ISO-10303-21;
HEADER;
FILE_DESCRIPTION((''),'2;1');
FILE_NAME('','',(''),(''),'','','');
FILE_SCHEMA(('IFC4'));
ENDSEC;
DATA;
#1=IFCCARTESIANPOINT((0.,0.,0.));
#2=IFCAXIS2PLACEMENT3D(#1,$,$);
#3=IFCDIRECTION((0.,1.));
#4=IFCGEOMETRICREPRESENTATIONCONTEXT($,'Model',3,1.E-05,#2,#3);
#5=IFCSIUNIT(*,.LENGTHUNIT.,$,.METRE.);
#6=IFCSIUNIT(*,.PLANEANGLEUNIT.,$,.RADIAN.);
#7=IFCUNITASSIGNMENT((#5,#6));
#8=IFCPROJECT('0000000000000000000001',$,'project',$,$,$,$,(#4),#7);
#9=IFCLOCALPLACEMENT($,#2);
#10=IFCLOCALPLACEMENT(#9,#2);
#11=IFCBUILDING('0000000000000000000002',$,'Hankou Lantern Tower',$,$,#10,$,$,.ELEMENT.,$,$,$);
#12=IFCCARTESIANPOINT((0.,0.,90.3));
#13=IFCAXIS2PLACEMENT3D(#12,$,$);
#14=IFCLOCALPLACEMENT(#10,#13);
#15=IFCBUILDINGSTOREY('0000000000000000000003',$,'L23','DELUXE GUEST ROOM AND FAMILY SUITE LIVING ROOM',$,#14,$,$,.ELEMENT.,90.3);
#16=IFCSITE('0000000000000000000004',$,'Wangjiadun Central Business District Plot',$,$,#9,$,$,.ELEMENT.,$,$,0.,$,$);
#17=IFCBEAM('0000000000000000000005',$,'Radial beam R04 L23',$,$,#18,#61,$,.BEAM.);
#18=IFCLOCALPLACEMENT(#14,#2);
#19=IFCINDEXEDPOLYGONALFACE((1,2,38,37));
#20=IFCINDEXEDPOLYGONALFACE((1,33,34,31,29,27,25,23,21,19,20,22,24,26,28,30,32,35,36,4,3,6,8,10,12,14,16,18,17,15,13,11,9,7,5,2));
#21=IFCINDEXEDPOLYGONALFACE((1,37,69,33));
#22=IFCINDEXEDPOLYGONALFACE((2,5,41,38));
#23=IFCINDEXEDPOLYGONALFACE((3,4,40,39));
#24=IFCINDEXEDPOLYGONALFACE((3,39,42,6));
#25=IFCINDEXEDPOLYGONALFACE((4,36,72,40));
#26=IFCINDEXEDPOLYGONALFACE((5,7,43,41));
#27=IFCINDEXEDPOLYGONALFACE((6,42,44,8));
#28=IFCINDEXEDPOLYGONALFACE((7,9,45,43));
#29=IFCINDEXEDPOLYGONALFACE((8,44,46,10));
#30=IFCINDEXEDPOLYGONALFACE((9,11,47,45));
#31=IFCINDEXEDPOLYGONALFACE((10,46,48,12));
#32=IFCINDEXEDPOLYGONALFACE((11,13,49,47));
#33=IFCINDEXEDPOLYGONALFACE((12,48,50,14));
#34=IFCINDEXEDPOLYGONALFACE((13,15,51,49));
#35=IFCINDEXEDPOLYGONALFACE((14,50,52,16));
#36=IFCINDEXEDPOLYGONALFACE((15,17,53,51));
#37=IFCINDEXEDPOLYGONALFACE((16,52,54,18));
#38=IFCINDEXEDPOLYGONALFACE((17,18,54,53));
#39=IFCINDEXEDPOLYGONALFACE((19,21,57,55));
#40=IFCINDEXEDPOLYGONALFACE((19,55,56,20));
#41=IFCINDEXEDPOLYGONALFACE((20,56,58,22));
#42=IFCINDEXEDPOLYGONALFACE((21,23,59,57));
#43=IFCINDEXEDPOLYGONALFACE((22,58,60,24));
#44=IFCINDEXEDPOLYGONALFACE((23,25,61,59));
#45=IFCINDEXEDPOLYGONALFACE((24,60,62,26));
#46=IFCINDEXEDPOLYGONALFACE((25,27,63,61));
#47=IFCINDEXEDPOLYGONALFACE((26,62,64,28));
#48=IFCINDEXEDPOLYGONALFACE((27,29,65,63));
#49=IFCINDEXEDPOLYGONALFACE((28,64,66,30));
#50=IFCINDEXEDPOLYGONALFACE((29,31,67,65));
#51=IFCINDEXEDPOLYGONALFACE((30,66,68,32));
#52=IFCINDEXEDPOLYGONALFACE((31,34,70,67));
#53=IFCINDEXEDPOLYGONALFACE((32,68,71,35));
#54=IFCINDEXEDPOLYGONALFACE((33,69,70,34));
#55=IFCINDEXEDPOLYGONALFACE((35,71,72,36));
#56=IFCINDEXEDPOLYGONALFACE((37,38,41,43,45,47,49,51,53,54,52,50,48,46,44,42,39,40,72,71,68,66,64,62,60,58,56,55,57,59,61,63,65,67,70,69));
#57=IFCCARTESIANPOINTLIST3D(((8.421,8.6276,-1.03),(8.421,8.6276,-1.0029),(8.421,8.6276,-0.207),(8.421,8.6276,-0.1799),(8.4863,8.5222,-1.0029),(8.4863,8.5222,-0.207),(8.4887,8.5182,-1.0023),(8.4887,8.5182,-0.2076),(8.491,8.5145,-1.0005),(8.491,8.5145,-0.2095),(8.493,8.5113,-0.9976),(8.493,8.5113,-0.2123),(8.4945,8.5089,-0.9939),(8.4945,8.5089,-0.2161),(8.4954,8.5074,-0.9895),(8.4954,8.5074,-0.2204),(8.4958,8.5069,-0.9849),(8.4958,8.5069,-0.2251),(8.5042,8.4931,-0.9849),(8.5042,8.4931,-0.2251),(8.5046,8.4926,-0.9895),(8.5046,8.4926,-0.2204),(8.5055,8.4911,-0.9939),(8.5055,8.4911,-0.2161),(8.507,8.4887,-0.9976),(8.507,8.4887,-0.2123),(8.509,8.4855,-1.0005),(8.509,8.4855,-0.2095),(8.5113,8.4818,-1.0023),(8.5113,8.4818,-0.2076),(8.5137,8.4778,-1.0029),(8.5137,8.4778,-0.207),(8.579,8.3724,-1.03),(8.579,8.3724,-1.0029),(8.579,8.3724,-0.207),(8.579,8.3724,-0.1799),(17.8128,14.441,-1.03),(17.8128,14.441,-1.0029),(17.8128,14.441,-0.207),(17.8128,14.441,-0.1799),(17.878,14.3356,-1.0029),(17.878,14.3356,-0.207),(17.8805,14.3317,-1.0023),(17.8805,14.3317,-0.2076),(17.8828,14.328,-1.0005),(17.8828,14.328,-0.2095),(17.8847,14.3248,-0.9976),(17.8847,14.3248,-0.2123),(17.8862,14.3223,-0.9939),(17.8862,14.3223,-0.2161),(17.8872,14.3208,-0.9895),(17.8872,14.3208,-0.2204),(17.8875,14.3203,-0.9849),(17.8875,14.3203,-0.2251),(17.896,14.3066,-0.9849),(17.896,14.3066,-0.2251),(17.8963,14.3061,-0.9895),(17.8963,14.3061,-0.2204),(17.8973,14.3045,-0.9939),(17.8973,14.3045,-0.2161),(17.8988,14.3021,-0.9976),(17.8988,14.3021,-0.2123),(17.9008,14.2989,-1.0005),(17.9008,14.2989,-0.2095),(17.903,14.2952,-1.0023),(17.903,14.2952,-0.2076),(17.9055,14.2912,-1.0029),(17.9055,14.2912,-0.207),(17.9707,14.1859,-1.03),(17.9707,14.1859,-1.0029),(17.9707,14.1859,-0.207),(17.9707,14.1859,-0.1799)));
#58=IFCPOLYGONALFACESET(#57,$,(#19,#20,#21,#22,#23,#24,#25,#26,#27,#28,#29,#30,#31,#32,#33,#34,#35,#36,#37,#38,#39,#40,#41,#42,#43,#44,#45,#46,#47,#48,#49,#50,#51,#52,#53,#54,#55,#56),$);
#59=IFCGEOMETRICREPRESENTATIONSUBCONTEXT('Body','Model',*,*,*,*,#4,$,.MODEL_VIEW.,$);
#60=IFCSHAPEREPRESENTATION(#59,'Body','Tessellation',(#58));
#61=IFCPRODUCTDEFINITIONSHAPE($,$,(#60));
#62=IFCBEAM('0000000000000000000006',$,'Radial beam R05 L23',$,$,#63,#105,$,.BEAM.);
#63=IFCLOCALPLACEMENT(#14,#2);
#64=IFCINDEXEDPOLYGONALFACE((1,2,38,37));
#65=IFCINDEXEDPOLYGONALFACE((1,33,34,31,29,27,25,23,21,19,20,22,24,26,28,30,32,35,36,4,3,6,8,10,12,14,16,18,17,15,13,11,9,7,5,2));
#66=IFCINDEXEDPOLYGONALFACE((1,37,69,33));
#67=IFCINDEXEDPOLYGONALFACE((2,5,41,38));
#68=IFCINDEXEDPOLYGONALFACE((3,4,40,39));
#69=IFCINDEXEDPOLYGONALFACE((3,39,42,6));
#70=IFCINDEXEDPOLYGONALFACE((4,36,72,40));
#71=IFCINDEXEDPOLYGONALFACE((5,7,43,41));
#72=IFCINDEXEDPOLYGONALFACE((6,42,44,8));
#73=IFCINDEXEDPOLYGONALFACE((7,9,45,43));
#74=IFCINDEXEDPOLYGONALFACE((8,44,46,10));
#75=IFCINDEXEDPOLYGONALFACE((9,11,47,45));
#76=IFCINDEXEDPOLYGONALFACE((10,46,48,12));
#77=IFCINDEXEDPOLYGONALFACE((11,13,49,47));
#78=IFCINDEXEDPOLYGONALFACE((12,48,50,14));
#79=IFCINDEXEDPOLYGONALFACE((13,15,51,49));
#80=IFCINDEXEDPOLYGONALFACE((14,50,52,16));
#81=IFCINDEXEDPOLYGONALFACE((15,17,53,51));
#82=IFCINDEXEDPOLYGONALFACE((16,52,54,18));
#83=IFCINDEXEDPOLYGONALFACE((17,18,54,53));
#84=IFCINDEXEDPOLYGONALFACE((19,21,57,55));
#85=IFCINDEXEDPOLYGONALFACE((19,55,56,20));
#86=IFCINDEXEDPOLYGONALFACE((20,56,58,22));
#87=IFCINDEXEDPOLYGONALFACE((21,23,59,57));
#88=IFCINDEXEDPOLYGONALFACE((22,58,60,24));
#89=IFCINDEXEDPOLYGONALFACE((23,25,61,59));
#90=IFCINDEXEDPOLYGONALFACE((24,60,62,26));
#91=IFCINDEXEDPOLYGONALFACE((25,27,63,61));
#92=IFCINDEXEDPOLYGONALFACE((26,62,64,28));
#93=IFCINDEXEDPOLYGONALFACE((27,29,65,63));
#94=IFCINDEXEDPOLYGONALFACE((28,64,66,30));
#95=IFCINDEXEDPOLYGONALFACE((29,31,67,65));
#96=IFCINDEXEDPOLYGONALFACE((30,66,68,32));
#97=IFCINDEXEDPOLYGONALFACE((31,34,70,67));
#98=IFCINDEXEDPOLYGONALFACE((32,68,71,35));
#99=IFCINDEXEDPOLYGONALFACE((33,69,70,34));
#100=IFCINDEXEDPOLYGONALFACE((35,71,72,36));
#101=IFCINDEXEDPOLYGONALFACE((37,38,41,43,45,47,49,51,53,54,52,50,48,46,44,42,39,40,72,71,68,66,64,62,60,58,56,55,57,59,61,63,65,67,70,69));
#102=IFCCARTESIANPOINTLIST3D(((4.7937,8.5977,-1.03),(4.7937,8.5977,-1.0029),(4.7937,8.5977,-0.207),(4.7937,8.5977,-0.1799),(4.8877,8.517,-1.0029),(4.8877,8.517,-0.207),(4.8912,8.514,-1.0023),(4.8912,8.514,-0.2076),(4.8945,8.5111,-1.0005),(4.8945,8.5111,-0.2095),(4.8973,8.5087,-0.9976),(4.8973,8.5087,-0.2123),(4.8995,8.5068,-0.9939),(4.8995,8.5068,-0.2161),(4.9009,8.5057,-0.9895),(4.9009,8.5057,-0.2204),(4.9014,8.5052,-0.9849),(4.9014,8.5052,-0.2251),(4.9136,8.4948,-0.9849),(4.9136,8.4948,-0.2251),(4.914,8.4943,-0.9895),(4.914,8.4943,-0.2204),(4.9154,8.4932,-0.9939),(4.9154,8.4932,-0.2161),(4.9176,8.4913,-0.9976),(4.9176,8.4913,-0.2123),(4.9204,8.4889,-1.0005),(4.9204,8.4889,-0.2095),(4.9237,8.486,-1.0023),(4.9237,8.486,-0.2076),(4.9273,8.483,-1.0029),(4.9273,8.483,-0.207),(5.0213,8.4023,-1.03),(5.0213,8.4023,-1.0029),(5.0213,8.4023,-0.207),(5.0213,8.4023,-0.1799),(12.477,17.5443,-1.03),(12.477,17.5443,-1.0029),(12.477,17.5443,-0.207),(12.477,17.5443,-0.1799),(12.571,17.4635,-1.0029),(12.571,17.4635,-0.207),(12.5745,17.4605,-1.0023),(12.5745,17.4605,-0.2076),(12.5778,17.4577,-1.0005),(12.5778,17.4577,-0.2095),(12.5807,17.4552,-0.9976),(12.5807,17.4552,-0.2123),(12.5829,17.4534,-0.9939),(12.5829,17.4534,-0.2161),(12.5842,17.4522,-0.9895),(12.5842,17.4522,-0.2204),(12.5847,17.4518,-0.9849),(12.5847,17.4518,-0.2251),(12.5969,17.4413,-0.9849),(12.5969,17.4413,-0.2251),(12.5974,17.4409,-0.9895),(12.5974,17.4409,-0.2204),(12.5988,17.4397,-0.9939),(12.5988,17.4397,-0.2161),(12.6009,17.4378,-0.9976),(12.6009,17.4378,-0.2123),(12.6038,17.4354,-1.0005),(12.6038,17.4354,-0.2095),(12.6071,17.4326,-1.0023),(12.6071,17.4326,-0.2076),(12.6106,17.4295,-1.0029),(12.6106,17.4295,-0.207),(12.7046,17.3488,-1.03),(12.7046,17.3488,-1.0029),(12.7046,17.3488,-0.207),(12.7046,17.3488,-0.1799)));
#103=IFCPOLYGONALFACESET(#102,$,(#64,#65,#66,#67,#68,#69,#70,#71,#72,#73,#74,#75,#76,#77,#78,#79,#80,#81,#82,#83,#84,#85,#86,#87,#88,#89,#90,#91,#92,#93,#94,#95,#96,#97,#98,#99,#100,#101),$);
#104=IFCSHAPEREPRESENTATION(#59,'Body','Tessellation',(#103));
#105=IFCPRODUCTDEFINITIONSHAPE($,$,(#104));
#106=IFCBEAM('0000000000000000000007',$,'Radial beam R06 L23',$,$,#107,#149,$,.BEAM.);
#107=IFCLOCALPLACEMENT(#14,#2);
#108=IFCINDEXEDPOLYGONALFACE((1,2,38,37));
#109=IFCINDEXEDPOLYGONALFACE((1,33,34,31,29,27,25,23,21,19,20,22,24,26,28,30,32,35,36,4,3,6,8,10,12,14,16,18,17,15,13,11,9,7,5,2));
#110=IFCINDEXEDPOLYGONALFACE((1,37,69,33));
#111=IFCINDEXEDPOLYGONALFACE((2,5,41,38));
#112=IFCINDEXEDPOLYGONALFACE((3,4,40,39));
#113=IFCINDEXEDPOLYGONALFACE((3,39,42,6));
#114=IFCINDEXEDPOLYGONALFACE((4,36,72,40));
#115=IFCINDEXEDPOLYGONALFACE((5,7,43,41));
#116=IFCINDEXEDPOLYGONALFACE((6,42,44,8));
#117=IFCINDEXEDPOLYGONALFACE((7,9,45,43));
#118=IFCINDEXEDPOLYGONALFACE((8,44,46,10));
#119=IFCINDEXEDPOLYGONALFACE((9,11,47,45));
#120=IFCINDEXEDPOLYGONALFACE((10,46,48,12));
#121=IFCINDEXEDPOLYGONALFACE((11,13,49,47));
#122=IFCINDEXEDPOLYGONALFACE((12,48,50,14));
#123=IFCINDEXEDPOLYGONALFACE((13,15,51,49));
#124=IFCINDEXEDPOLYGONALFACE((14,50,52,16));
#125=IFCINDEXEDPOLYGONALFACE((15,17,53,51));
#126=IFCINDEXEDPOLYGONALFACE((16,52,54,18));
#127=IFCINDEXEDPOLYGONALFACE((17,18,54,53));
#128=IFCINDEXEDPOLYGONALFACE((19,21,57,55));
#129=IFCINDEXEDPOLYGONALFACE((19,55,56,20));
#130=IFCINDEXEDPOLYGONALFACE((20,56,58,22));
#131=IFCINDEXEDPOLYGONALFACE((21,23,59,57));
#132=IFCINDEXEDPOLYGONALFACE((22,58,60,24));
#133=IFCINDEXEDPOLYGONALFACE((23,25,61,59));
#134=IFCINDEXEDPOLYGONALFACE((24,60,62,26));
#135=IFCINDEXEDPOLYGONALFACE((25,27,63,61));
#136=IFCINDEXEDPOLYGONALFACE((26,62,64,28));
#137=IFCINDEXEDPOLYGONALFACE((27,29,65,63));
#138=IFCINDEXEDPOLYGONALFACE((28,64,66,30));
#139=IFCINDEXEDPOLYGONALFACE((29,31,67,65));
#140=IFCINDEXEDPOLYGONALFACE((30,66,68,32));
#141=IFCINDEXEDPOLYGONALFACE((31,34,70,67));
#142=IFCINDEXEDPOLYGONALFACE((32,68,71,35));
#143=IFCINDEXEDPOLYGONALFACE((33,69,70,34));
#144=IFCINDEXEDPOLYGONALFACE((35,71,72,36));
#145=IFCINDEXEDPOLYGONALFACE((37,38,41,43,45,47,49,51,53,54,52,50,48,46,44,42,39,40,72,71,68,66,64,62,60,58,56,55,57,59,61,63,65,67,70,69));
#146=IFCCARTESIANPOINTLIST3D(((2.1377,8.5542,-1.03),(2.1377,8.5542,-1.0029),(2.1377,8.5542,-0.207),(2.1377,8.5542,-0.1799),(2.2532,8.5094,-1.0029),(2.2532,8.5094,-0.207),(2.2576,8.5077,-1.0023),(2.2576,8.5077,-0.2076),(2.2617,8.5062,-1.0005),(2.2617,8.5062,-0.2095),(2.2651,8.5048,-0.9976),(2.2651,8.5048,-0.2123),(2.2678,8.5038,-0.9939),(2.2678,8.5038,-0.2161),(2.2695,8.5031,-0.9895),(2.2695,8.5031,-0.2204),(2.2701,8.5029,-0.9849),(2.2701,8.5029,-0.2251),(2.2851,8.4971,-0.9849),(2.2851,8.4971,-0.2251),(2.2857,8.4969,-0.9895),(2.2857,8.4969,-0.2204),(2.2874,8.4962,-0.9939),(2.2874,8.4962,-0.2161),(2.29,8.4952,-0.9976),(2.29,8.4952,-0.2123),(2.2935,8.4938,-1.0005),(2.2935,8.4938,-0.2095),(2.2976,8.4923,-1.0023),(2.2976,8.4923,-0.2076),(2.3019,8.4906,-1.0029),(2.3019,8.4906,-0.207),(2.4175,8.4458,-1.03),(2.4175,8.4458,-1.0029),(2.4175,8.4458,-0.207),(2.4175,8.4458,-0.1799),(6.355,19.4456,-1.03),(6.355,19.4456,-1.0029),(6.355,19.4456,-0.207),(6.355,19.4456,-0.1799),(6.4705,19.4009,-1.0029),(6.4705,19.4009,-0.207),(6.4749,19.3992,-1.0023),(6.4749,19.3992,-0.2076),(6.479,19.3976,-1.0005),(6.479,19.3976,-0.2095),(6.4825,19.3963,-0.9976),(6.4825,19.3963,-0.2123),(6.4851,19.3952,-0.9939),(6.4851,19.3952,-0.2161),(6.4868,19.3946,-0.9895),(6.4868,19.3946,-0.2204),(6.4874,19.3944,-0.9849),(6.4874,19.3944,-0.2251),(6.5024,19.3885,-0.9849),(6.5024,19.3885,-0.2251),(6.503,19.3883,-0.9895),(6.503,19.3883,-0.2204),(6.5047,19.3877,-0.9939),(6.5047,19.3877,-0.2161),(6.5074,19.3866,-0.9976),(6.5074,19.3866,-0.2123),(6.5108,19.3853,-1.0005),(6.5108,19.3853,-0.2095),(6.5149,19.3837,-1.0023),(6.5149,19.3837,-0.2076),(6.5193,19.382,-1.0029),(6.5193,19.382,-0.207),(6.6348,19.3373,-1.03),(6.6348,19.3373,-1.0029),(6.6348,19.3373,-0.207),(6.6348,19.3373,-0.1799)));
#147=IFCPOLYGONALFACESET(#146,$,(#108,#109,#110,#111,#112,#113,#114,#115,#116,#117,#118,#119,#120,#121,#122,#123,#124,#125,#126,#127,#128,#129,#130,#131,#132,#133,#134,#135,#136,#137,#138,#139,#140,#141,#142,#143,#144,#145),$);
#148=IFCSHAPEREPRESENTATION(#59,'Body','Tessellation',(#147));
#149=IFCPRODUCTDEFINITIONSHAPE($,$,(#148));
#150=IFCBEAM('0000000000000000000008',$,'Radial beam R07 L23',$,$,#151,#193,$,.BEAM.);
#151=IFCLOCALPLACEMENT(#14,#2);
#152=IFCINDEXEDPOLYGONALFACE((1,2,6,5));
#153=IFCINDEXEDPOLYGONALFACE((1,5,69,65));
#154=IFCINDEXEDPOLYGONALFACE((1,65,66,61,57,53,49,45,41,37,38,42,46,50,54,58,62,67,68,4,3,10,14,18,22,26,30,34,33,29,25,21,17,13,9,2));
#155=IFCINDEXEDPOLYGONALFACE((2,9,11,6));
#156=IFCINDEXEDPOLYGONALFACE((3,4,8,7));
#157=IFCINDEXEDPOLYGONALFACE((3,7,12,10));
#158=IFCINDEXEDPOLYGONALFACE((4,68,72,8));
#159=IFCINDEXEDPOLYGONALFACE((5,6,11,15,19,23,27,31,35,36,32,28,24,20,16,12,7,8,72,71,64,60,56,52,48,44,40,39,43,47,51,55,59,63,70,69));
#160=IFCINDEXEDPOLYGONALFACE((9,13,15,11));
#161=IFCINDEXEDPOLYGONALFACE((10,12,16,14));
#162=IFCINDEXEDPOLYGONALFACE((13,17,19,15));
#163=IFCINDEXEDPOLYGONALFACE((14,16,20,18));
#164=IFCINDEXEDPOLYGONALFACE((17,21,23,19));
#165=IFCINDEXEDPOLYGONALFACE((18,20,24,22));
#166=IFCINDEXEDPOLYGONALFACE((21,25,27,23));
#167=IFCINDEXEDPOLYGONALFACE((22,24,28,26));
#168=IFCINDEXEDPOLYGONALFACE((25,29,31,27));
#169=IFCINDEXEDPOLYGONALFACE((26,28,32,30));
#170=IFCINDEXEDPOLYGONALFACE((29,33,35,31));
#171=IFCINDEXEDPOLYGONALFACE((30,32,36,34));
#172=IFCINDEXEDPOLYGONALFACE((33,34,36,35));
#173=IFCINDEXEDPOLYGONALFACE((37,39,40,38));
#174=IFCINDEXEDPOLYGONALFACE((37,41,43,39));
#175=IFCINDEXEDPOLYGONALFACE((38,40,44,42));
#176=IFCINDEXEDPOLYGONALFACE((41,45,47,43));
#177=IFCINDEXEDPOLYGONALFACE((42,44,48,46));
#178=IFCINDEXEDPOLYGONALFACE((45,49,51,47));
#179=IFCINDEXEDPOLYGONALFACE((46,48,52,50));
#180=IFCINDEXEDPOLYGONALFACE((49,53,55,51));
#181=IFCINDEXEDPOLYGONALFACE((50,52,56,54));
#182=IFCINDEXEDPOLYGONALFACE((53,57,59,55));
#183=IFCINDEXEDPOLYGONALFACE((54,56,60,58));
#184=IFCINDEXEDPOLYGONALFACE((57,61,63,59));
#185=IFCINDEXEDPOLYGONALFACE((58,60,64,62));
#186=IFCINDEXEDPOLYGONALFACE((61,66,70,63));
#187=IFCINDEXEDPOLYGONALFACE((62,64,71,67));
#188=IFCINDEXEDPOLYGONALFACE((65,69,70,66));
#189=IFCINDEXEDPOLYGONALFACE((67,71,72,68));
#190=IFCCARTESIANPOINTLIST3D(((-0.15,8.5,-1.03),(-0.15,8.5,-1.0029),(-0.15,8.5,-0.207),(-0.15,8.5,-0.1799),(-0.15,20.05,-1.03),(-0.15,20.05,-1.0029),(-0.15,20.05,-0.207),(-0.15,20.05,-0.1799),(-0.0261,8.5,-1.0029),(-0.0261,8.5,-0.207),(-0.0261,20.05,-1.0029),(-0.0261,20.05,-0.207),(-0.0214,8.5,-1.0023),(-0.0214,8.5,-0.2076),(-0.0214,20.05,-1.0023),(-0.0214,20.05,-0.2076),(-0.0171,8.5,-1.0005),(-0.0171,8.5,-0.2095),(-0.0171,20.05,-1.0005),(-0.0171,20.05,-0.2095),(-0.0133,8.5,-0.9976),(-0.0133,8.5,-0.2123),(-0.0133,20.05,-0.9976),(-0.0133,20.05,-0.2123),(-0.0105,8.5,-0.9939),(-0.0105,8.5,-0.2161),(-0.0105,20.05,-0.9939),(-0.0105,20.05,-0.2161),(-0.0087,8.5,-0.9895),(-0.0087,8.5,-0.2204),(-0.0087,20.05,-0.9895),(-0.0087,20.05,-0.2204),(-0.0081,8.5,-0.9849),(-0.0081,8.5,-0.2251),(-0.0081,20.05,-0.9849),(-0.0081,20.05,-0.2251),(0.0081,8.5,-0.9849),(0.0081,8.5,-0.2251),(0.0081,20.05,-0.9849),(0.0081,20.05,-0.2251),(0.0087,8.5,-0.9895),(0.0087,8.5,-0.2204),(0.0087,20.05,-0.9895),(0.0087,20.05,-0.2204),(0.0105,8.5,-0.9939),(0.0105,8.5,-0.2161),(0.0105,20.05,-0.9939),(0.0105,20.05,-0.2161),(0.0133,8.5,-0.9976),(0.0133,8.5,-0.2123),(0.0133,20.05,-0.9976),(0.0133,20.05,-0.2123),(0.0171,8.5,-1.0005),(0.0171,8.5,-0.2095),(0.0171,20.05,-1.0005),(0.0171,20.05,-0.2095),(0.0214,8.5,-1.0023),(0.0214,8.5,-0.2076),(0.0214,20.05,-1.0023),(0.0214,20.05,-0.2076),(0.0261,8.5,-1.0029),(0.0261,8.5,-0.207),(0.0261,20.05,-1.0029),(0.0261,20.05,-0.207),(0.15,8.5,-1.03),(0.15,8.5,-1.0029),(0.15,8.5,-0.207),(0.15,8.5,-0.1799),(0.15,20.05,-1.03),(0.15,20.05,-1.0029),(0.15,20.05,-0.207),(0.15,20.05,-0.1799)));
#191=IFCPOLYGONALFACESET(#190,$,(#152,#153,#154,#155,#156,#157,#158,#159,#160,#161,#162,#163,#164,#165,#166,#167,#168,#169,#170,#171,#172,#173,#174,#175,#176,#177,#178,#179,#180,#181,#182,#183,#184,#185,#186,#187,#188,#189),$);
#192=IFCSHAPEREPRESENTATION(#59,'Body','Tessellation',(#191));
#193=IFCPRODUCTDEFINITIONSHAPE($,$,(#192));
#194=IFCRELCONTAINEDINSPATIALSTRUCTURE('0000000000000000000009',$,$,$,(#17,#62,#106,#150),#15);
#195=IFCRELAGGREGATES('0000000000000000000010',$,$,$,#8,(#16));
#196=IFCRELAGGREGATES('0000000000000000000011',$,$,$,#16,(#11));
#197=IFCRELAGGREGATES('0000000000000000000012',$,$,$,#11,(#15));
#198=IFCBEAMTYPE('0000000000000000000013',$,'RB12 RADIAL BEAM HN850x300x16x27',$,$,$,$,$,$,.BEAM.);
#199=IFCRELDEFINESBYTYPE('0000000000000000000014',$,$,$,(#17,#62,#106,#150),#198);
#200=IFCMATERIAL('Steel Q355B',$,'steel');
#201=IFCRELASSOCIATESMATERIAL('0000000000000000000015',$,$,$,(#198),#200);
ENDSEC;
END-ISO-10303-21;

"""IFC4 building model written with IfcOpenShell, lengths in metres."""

from ifc_helpers import new_model, si_unit, direction, frame, origin, origin_2d, place, context, subcontext, project, spatial, i_section, extrude, material, material_profile, profile_set, type_object, element, save


model = new_model("IFC4")

# Units and contexts
model_context = context("Model", 3, precision=1e-05, world=origin(), true_north=direction((0.0, 1.0)))
body_context = subcontext(model_context, "Body", "Model", "MODEL_VIEW")
ifc_project = project(units=[si_unit("LENGTHUNIT", "METRE"), si_unit("PLANEANGLEUNIT", "RADIAN")], contexts=[model_context])

# Site, building, storey
site_placement = place(None, origin())
site = spatial("IfcSite", under=ifc_project, at=site_placement, Name="Wangjiadun Central Business District Plot", CompositionType="ELEMENT", RefElevation=0.0)
building_placement = place(site_placement, origin())
building = spatial("IfcBuilding", under=site, at=building_placement, Name="Hankou Lantern Tower", CompositionType="ELEMENT")
storey_placement = place(building_placement, frame((0.0, 0.0, 90.3)))
storey = spatial("IfcBuildingStorey", under=building, at=storey_placement, Name="L23", Description="DELUXE GUEST ROOM AND FAMILY SUITE LIVING ROOM", CompositionType="ELEMENT", Elevation=90.3)

# Beams
ifc_material_1 = material(Name="Steel Q355B", Category="steel")
ifc_material_profile_1 = material_profile(ifc_material_1, i_section(OverallWidth=0.3, OverallDepth=0.8501, WebThickness=0.0161, FlangeThickness=0.0271, FilletRadius=0.0181, at=origin_2d()), Name="HN850x300x16x27")
ifc_profile_set_1 = profile_set([ifc_material_profile_1], Name="Steel Q355B")
beam_type_1 = type_object("IfcBeamType", Name="RB12 RADIAL BEAM HN850x300x16x27", PredefinedType="BEAM", material=ifc_profile_set_1)
beam_1_placement = place(storey_placement, frame((8.5, 8.5, -0.605), z_axis=(0.850286, 0.52632, 0.0), x_axis=(-0.52632, 0.850286, 0.0)))
element("IfcBeam", 1, at=beam_1_placement, inside=storey, type_object=beam_type_1, Name="Radial beam R04 L23", PredefinedType="BEAM", context=body_context, shape_type="SweptSolid", body=[
    extrude(i_section(OverallWidth=0.3, OverallDepth=0.8501, WebThickness=0.0161, FlangeThickness=0.0271, FilletRadius=0.0181, at=origin_2d()), origin(), (0.0, 0.0, 1.0), 11.0454),
])
beam_2_placement = place(storey_placement, frame((4.9075, 8.5, -0.605), z_axis=(0.651519, 0.758632, 0.0), x_axis=(-0.758632, 0.651519, 0.0)))
element("IfcBeam", 2, at=beam_2_placement, inside=storey, type_object=beam_type_1, Name="Radial beam R05 L23", PredefinedType="BEAM", context=body_context, shape_type="SweptSolid", body=[
    extrude(i_section(OverallWidth=0.3, OverallDepth=0.8501, WebThickness=0.0161, FlangeThickness=0.0271, FilletRadius=0.0181, at=origin_2d()), origin(), (0.0, 0.0, 1.0), 11.793),
])
beam_3_placement = place(storey_placement, frame((2.2776, 8.5, -0.605), z_axis=(0.361089, 0.932531, 0.0), x_axis=(-0.932531, 0.361089, 0.0)))
element("IfcBeam", 3, at=beam_3_placement, inside=storey, type_object=beam_type_1, Name="Radial beam R06 L23", PredefinedType="BEAM", context=body_context, shape_type="SweptSolid", body=[
    extrude(i_section(OverallWidth=0.3, OverallDepth=0.8501, WebThickness=0.0161, FlangeThickness=0.0271, FilletRadius=0.0181, at=origin_2d()), origin(), (0.0, 0.0, 1.0), 11.6794),
])
beam_4_placement = place(storey_placement, frame((0.0, 8.5, -0.605), z_axis=(0.0, 1.0, 0.0), x_axis=(-1.0, 0.0, 0.0)))
element("IfcBeam", 4, at=beam_4_placement, inside=storey, type_object=beam_type_1, Name="Radial beam R07 L23", PredefinedType="BEAM", context=body_context, shape_type="SweptSolid", body=[
    extrude(i_section(OverallWidth=0.3, OverallDepth=0.8501, WebThickness=0.0161, FlangeThickness=0.0271, FilletRadius=0.0181, at=origin_2d()), origin(), (0.0, 0.0, 1.0), 11.55),
])

save(model, "model.ifc")
